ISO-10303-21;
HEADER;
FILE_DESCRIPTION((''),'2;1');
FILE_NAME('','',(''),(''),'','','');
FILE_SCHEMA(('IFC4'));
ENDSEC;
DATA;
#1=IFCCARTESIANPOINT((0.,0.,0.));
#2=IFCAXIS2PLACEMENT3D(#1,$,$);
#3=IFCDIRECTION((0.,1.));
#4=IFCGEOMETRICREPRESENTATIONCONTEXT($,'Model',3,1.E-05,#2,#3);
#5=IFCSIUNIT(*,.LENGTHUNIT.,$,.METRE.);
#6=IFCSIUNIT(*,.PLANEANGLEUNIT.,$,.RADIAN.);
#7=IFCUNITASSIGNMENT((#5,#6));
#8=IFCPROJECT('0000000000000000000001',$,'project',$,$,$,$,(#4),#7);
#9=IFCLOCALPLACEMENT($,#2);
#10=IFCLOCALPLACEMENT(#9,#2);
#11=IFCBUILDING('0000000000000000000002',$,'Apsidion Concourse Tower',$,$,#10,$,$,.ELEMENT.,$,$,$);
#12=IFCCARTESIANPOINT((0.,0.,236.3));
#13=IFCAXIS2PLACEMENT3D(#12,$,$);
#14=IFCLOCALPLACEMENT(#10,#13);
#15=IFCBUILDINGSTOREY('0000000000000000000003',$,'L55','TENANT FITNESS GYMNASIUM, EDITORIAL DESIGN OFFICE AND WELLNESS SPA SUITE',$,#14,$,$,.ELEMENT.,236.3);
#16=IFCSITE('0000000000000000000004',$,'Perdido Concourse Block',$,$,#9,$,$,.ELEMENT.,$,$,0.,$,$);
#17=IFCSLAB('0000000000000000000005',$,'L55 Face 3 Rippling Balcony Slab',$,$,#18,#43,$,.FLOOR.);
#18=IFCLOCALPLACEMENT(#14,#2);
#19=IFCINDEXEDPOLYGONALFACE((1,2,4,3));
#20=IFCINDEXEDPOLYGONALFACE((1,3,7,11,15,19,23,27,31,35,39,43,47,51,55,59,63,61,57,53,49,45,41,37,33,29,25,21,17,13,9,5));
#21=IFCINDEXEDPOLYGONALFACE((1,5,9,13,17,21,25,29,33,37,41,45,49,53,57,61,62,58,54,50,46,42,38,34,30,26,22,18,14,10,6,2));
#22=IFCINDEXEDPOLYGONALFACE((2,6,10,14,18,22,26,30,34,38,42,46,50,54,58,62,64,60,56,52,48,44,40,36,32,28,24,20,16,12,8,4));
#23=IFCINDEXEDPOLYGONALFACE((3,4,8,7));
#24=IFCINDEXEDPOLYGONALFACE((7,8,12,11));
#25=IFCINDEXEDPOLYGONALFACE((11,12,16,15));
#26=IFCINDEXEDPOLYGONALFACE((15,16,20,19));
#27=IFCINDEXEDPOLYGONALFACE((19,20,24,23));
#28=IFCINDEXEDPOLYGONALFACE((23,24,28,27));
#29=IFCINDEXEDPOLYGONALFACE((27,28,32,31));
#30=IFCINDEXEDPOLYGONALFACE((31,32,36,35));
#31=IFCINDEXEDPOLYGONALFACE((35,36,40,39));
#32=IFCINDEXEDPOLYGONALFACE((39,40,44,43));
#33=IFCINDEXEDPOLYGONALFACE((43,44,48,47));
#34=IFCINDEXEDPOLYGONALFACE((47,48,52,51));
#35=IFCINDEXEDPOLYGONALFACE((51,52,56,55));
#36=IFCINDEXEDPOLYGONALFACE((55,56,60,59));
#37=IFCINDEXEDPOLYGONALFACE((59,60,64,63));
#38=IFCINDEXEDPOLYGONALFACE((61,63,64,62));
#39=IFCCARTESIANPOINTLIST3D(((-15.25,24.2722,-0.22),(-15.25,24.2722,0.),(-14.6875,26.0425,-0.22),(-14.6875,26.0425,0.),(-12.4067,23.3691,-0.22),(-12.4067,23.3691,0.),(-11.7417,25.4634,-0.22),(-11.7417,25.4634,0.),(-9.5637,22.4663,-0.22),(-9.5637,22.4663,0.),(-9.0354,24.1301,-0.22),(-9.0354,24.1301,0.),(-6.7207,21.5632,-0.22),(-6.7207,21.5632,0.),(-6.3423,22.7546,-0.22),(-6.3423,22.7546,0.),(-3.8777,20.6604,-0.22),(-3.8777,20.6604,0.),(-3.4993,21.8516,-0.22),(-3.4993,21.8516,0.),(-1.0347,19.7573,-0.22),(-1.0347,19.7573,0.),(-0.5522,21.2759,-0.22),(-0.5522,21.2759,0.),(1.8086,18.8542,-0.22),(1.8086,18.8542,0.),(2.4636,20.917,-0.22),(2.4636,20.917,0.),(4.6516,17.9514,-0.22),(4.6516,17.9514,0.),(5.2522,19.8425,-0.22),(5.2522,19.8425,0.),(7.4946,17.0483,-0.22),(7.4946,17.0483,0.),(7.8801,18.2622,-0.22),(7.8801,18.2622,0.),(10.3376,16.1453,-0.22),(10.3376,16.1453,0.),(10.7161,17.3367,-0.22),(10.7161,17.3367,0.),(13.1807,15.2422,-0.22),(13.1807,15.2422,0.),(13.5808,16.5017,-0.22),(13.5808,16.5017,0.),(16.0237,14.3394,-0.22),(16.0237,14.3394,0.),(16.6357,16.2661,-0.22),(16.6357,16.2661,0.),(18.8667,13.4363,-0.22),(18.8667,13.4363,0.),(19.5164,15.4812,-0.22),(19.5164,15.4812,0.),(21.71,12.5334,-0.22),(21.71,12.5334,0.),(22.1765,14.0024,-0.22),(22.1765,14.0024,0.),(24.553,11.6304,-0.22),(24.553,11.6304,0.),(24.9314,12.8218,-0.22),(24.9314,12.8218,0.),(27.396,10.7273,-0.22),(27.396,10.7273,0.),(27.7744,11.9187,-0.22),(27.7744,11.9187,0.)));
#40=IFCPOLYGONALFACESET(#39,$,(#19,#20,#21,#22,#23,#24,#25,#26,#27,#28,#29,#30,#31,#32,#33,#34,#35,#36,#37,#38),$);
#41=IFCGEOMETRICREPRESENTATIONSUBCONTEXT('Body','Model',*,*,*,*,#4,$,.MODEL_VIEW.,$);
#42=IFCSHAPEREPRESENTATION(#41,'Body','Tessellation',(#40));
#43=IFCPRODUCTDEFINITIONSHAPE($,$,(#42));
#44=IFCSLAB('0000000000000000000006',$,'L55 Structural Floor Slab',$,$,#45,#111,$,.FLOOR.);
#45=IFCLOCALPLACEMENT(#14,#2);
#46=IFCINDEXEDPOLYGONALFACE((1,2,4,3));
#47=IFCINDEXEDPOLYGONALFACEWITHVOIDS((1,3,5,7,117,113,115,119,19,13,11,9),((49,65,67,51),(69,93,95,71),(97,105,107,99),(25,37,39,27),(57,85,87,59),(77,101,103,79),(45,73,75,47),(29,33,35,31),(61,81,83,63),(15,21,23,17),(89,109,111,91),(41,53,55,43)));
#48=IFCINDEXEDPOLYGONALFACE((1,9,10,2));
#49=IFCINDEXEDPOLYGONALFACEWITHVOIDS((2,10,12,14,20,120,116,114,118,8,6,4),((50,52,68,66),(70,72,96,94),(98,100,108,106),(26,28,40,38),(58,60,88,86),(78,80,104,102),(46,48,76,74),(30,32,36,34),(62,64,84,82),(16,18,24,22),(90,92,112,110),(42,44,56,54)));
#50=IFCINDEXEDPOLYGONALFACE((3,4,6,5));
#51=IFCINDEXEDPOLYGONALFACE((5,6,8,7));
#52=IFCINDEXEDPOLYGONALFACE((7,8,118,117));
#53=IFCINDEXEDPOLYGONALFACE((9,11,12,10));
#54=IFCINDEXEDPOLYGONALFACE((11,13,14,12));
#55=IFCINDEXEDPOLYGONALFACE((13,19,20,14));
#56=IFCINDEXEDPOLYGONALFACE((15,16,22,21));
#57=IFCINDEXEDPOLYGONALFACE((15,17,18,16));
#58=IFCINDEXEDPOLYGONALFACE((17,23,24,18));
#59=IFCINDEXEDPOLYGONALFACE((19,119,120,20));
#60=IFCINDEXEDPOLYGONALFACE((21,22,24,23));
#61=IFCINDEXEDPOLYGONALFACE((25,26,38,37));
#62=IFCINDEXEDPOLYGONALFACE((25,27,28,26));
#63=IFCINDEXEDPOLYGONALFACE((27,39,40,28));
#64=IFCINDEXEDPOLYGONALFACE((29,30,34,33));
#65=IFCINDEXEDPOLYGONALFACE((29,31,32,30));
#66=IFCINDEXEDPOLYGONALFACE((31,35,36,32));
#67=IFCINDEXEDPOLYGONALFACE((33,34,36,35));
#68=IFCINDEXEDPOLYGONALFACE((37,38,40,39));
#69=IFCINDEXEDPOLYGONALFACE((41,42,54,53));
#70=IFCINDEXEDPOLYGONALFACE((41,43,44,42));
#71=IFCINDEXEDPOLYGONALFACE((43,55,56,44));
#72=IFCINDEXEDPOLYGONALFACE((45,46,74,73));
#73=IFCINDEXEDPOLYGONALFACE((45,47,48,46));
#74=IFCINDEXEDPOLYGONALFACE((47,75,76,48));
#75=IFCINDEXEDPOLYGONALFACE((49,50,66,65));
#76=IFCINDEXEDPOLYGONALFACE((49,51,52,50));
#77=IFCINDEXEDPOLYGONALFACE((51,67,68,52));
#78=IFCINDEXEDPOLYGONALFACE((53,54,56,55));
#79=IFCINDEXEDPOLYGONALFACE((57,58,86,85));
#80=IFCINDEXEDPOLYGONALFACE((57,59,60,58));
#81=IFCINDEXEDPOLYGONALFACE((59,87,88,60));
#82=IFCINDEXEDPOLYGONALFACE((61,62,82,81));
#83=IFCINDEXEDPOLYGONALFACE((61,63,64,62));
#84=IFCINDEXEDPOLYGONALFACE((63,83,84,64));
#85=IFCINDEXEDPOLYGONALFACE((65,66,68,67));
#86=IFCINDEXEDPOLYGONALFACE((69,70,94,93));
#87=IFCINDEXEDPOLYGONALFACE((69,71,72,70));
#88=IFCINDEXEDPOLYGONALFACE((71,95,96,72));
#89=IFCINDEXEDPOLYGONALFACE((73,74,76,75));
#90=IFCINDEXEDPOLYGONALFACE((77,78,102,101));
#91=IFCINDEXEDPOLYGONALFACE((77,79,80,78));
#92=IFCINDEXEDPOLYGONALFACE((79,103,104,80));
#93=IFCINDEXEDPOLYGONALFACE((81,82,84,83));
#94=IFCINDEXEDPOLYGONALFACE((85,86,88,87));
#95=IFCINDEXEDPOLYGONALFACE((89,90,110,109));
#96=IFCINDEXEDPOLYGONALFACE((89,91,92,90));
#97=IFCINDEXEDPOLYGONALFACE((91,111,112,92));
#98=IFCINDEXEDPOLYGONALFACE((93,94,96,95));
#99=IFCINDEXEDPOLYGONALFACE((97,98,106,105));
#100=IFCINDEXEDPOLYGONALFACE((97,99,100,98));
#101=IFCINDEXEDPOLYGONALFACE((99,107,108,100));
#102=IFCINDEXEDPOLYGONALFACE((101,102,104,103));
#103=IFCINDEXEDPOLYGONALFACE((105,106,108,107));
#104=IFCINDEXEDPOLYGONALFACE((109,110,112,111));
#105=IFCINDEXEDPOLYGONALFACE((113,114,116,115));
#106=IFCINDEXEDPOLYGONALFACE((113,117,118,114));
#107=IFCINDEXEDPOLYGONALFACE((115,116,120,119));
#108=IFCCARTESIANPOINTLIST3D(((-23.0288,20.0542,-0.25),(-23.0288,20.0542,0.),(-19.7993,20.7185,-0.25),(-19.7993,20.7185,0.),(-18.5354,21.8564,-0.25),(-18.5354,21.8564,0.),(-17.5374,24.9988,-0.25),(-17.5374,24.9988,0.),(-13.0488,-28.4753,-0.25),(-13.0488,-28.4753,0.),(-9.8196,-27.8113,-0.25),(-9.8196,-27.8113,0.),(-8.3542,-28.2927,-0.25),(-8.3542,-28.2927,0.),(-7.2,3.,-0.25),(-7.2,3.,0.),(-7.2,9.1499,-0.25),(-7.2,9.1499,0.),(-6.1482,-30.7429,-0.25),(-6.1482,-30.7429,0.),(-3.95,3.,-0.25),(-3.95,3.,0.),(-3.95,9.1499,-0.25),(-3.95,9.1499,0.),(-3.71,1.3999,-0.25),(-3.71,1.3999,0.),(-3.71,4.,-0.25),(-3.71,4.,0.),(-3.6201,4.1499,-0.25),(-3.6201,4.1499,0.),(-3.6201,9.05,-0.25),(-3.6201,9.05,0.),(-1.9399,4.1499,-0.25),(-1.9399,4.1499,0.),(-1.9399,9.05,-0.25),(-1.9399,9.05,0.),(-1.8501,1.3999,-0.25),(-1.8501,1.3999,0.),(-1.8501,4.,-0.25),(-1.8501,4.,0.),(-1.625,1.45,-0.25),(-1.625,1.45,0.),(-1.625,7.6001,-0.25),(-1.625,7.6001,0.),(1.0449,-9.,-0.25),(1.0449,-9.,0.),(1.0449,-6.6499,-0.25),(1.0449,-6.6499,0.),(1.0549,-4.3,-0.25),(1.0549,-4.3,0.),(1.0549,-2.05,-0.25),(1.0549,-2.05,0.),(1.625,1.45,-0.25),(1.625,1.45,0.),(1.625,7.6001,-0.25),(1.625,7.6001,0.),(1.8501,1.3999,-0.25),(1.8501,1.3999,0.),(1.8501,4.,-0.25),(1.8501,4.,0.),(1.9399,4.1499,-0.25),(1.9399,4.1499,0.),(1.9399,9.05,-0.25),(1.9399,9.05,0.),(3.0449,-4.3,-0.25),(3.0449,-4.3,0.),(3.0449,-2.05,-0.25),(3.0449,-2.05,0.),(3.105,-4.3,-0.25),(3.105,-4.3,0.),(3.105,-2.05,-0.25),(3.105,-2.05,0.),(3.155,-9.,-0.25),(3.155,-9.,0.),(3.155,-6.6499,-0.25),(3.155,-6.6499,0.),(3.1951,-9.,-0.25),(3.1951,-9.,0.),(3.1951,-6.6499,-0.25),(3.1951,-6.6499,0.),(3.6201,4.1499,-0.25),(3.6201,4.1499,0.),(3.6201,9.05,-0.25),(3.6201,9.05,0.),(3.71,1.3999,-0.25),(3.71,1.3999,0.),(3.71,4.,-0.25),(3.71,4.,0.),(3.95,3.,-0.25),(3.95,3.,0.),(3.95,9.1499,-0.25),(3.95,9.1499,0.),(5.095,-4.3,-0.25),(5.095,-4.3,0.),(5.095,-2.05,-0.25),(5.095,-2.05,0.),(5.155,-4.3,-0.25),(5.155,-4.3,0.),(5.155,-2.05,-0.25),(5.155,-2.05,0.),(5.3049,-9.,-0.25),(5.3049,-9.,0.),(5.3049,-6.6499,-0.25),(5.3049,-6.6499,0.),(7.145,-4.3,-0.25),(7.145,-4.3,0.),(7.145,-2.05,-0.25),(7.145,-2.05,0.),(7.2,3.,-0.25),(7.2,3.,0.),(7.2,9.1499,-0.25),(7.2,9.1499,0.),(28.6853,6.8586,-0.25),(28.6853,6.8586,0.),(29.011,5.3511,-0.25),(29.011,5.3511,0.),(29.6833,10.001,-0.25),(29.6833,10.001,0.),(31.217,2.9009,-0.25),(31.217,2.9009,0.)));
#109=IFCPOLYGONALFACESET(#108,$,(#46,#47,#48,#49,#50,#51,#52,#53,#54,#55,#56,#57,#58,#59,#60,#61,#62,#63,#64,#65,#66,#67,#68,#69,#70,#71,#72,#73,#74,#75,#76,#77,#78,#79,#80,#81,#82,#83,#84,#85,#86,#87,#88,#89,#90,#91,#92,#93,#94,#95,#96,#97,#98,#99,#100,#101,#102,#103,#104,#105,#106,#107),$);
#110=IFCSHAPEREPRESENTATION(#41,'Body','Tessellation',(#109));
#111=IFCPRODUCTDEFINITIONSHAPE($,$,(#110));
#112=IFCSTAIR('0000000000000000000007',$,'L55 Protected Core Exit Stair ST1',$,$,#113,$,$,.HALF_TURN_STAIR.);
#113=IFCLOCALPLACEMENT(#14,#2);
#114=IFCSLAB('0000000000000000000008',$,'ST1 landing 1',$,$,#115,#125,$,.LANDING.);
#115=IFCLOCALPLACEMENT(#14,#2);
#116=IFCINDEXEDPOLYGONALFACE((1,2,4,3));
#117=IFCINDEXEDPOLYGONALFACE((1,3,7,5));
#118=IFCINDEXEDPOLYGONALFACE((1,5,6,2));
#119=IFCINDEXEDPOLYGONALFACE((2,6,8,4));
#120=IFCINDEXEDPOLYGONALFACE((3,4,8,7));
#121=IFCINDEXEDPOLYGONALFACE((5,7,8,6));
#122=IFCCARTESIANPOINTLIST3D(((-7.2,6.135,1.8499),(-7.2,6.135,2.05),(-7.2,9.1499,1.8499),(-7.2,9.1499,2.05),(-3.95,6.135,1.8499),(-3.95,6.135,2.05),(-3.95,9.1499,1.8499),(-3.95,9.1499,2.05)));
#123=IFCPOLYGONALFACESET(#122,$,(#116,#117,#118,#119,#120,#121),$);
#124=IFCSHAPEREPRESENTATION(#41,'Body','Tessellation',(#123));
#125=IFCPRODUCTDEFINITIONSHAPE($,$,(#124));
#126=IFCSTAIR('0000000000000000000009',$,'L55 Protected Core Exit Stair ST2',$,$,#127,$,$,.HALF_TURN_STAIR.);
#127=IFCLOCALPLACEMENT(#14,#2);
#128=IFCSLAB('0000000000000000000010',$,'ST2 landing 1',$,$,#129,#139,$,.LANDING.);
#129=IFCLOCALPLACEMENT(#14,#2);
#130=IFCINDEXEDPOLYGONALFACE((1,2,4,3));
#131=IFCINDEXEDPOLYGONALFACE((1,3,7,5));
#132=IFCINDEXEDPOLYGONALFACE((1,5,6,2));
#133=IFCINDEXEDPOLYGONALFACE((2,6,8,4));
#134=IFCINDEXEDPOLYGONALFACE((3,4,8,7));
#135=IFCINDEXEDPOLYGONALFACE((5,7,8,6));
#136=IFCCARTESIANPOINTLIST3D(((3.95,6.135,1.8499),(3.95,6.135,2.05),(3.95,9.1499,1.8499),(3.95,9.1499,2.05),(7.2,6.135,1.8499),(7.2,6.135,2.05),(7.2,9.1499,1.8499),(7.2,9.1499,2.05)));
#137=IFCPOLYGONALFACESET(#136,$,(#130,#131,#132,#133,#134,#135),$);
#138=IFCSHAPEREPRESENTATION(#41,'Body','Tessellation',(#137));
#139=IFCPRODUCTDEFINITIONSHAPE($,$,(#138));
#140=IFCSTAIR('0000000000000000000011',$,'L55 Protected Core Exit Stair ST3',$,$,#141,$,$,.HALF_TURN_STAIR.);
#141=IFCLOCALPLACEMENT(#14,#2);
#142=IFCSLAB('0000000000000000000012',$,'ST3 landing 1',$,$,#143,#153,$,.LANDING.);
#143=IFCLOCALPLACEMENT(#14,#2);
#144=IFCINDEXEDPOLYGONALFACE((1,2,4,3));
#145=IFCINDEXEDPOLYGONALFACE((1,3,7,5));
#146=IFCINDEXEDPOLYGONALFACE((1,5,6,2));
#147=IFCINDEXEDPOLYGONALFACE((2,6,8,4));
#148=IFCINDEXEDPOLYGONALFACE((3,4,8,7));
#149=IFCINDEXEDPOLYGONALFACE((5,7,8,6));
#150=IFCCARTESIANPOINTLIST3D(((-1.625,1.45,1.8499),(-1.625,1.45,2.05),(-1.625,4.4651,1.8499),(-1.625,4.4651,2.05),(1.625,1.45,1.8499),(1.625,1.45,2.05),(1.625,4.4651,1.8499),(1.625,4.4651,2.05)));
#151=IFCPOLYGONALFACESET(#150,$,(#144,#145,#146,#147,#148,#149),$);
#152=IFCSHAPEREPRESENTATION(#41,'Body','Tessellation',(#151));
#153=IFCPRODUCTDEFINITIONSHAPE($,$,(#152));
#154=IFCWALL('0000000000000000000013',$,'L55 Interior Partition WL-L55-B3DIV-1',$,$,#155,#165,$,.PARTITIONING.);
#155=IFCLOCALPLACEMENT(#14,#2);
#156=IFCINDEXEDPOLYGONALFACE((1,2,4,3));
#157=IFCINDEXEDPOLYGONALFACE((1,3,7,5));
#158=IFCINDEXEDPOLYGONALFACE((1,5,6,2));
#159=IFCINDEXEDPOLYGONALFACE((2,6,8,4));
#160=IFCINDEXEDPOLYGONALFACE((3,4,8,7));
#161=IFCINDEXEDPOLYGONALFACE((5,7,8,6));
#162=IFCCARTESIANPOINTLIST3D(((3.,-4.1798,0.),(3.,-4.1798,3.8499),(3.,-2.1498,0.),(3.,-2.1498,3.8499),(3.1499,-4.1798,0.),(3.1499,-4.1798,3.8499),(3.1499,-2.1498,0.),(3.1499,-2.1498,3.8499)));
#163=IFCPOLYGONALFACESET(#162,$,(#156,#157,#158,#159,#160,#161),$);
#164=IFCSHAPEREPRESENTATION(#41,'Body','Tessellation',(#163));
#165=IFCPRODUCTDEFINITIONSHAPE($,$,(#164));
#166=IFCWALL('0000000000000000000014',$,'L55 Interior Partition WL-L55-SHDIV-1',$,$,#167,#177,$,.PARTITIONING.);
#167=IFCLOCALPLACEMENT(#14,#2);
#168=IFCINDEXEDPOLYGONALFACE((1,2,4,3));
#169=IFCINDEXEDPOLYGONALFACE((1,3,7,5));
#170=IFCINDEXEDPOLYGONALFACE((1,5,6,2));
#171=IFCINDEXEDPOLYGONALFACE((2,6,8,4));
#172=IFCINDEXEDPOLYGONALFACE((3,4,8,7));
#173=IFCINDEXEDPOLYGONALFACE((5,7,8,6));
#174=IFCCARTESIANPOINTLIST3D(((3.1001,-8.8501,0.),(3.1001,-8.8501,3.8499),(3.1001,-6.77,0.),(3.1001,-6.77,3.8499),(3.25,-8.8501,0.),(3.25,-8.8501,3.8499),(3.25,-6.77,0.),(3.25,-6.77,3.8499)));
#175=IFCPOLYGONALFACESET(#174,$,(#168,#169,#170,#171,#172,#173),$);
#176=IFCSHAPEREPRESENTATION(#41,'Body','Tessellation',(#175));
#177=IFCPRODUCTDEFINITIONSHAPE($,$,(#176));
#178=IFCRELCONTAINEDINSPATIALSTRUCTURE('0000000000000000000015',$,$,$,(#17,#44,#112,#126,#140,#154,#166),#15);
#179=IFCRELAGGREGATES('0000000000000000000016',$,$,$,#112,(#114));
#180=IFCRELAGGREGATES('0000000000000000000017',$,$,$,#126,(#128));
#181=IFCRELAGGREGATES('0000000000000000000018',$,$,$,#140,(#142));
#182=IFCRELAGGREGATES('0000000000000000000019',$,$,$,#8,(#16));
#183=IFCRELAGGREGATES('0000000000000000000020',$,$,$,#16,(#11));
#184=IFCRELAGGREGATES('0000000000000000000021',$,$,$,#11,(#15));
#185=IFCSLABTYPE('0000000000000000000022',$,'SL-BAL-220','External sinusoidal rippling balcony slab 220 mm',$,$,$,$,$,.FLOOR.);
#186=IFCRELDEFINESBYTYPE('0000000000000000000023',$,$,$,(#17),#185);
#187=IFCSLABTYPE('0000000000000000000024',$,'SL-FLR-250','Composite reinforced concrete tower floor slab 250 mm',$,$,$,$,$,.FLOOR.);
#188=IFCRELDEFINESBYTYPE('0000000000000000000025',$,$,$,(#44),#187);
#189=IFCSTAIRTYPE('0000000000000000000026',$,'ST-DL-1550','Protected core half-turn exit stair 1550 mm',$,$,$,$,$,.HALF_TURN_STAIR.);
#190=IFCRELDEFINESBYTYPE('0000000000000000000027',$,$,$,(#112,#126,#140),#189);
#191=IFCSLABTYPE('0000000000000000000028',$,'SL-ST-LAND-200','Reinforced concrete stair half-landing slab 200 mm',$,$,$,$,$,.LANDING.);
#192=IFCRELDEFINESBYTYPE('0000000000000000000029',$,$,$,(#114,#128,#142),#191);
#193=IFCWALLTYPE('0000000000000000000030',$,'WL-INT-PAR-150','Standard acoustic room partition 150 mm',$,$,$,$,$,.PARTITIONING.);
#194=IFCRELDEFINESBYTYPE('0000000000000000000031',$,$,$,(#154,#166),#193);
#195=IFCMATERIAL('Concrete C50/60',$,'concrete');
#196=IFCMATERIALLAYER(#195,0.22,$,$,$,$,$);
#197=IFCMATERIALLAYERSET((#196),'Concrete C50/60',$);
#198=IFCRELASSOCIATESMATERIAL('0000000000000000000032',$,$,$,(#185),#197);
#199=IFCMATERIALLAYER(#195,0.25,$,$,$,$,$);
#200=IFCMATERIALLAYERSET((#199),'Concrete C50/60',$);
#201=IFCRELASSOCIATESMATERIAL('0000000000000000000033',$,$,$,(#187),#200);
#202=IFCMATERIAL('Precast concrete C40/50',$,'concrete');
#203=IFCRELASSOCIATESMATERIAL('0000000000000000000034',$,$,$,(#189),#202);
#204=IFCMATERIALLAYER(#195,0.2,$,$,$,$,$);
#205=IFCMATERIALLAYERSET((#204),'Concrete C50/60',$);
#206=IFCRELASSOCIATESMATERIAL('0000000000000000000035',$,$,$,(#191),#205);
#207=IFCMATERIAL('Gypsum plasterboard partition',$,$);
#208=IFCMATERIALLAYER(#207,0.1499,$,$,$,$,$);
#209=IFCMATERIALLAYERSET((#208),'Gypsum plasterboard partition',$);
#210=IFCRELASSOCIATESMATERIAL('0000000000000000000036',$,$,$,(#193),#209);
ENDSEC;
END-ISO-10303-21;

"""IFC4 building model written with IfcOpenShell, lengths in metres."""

from ifc_helpers import new_model, si_unit, direction, frame, frame_2d, origin, place, context, subcontext, project, spatial, polyline, rectangle, outline, extrude, material, layer, layer_set, type_object, element, aggregate, save


model = new_model("IFC4")

# Units and contexts
model_context = context("Model", 3, precision=1e-05, world=origin(), true_north=direction((0.0, 1.0)))
body_context = subcontext(model_context, "Body", "Model", "MODEL_VIEW")
ifc_project = project(units=[si_unit("LENGTHUNIT", "METRE"), si_unit("PLANEANGLEUNIT", "RADIAN")], contexts=[model_context])

# Site, building, storey
site_placement = place(None, origin())
site = spatial("IfcSite", under=ifc_project, at=site_placement, Name="Perdido Concourse Block", CompositionType="ELEMENT", RefElevation=0.0)
building_placement = place(site_placement, origin())
building = spatial("IfcBuilding", under=site, at=building_placement, Name="Apsidion Concourse Tower", CompositionType="ELEMENT")
storey_placement = place(building_placement, frame((0.0, 0.0, 236.3)))
storey = spatial("IfcBuildingStorey", under=building, at=storey_placement, Name="L55", Description="TENANT FITNESS GYMNASIUM, EDITORIAL DESIGN OFFICE AND WELLNESS SPA SUITE", CompositionType="ELEMENT", Elevation=236.3)

# Shared definitions
ifc_material_1 = material(Name="Concrete C50/60", Category="concrete")

# Slabs
ifc_layer_1 = layer(ifc_material_1, 0.22)
ifc_layer_set_1 = layer_set([ifc_layer_1], Name="Concrete C50/60")
slab_type_1 = type_object("IfcSlabType", Name="SL-BAL-220", Description="External sinusoidal rippling balcony slab 220 mm", PredefinedType="FLOOR", material=ifc_layer_set_1)
slab_1_placement = place(storey_placement, frame((0.0, 0.0, -0.22)))
element("IfcSlab", 1, at=slab_1_placement, inside=storey, type_object=slab_type_1, Name="L55 Face 3 Rippling Balcony Slab", PredefinedType="FLOOR", context=body_context, shape_type="SweptSolid", body=[
    extrude(outline(polyline([(27.396, 10.7273), (24.553, 11.6304), (21.71, 12.5334), (18.8667, 13.4363), (16.0237, 14.3394), (13.1807, 15.2422), (10.3376, 16.1453), (7.4946, 17.0483), (4.6516, 17.9514), (1.8086, 18.8542), (-1.0347, 19.7573), (-3.8777, 20.6604), (-6.7207, 21.5632), (-9.5637, 22.4663), (-12.4067, 23.3691), (-15.25, 24.2722), (-14.6875, 26.0425), (-11.7417, 25.4634), (-9.0354, 24.1301), (-6.3423, 22.7546), (-3.4993, 21.8516), (-0.5522, 21.2759), (2.4636, 20.917), (5.2522, 19.8425), (7.8801, 18.2622), (10.7161, 17.3367), (13.5808, 16.5017), (16.6357, 16.2661), (19.5164, 15.4812), (22.1765, 14.0024), (24.9314, 12.8218), (27.7744, 11.9187), (27.396, 10.7273)])), origin(), (0.0, 0.0, 1.0), 0.22),
])
ifc_layer_2 = layer(ifc_material_1, 0.25)
ifc_layer_set_2 = layer_set([ifc_layer_2], Name="Concrete C50/60")
slab_type_2 = type_object("IfcSlabType", Name="SL-FLR-250", Description="Composite reinforced concrete tower floor slab 250 mm", PredefinedType="FLOOR", material=ifc_layer_set_2)
slab_2_placement = place(storey_placement, frame((0.0, 0.0, -0.25)))
element("IfcSlab", 2, at=slab_2_placement, inside=storey, type_object=slab_type_2, Name="L55 Structural Floor Slab", PredefinedType="FLOOR", context=body_context, shape_type="SweptSolid", body=[
    extrude(outline(polyline([(-17.5374, 24.9988), (-18.5354, 21.8564), (-19.7993, 20.7185), (-23.0288, 20.0542), (-13.0488, -28.4753), (-9.8196, -27.8113), (-8.3542, -28.2927), (-6.1482, -30.7429), (31.217, 2.9009), (29.011, 5.3511), (28.6853, 6.8586), (29.6833, 10.001), (-17.5374, 24.9988)]), holes=[polyline([(-3.95, 3.0), (-3.95, 9.1499), (-7.2, 9.1499), (-7.2, 3.0), (-3.95, 3.0)]), polyline([(7.2, 3.0), (7.2, 9.1499), (3.95, 9.1499), (3.95, 3.0), (7.2, 3.0)]), polyline([(-1.625, 7.6001), (-1.625, 1.45), (1.625, 1.45), (1.625, 7.6001), (-1.625, 7.6001)]), polyline([(1.0549, -4.3), (3.0449, -4.3), (3.0449, -2.05), (1.0549, -2.05), (1.0549, -4.3)]), polyline([(3.105, -4.3), (5.095, -4.3), (5.095, -2.05), (3.105, -2.05), (3.105, -4.3)]), polyline([(5.155, -4.3), (7.145, -4.3), (7.145, -2.05), (5.155, -2.05), (5.155, -4.3)]), polyline([(1.0449, -9.0), (3.155, -9.0), (3.155, -6.6499), (1.0449, -6.6499), (1.0449, -9.0)]), polyline([(3.1951, -9.0), (5.3049, -9.0), (5.3049, -6.6499), (3.1951, -6.6499), (3.1951, -9.0)]), polyline([(-3.71, 1.3999), (-1.8501, 1.3999), (-1.8501, 4.0), (-3.71, 4.0), (-3.71, 1.3999)]), polyline([(1.8501, 1.3999), (3.71, 1.3999), (3.71, 4.0), (1.8501, 4.0), (1.8501, 1.3999)]), polyline([(-3.6201, 4.1499), (-1.9399, 4.1499), (-1.9399, 9.05), (-3.6201, 9.05), (-3.6201, 4.1499)]), polyline([(1.9399, 4.1499), (3.6201, 4.1499), (3.6201, 9.05), (1.9399, 9.05), (1.9399, 4.1499)])]), origin(), (0.0, 0.0, 1.0), 0.25),
])

# Stairs, slabs
ifc_material_2 = material(Name="Precast concrete C40/50", Category="concrete")
stair_type = type_object("IfcStairType", Name="ST-DL-1550", Description="Protected core half-turn exit stair 1550 mm", PredefinedType="HALF_TURN_STAIR", material=ifc_material_2)
stair_1_placement = place(storey_placement, origin())
stair_1 = element("IfcStair", 3, at=stair_1_placement, inside=storey, type_object=stair_type, Name="L55 Protected Core Exit Stair ST1", PredefinedType="HALF_TURN_STAIR")
ifc_layer_3 = layer(ifc_material_1, 0.2)
ifc_layer_set_3 = layer_set([ifc_layer_3], Name="Concrete C50/60")
slab_type_3 = type_object("IfcSlabType", Name="SL-ST-LAND-200", Description="Reinforced concrete stair half-landing slab 200 mm", PredefinedType="LANDING", material=ifc_layer_set_3)
slab_3_placement = place(storey_placement, frame((0.0, 0.0, 1.8499)))
slab_3 = element("IfcSlab", 4, at=slab_3_placement, type_object=slab_type_3, Name="ST1 landing 1", PredefinedType="LANDING", context=body_context, shape_type="SweptSolid", body=[
    extrude(outline(polyline([(-3.95, 6.135), (-3.95, 9.1499), (-7.2, 9.1499), (-7.2, 6.135), (-3.95, 6.135)])), origin(), (0.0, 0.0, 1.0), 0.2002),
])
aggregate(stair_1, [slab_3])
stair_2_placement = place(storey_placement, origin())
stair_2 = element("IfcStair", 5, at=stair_2_placement, inside=storey, type_object=stair_type, Name="L55 Protected Core Exit Stair ST2", PredefinedType="HALF_TURN_STAIR")
slab_4_placement = place(storey_placement, frame((0.0, 0.0, 1.8499)))
slab_4 = element("IfcSlab", 6, at=slab_4_placement, type_object=slab_type_3, Name="ST2 landing 1", PredefinedType="LANDING", context=body_context, shape_type="SweptSolid", body=[
    extrude(outline(polyline([(7.2, 6.135), (7.2, 9.1499), (3.95, 9.1499), (3.95, 6.135), (7.2, 6.135)])), origin(), (0.0, 0.0, 1.0), 0.2002),
])
aggregate(stair_2, [slab_4])
stair_3_placement = place(storey_placement, origin())
stair_3 = element("IfcStair", 7, at=stair_3_placement, inside=storey, type_object=stair_type, Name="L55 Protected Core Exit Stair ST3", PredefinedType="HALF_TURN_STAIR")
slab_5_placement = place(storey_placement, frame((0.0, 0.0, 1.8499)))
slab_5 = element("IfcSlab", 8, at=slab_5_placement, type_object=slab_type_3, Name="ST3 landing 1", PredefinedType="LANDING", context=body_context, shape_type="SweptSolid", body=[
    extrude(outline(polyline([(-1.625, 4.4651), (-1.625, 1.45), (1.625, 1.45), (1.625, 4.4651), (-1.625, 4.4651)])), origin(), (0.0, 0.0, 1.0), 0.2002),
])
aggregate(stair_3, [slab_5])

# Walls
ifc_material_3 = material(Name="Gypsum plasterboard partition")
ifc_layer_4 = layer(ifc_material_3, 0.1499)
ifc_layer_set_4 = layer_set([ifc_layer_4], Name="Gypsum plasterboard partition")
wall_type_1 = type_object("IfcWallType", Name="WL-INT-PAR-150", Description="Standard acoustic room partition 150 mm", PredefinedType="PARTITIONING", material=ifc_layer_set_4)
wall_1_placement = place(storey_placement, frame((3.075, -4.1799, 0.0), z_axis=(0.0, 0.0, 1.0), x_axis=(0.0, 1.0, 0.0)))
element("IfcWall", 9, at=wall_1_placement, inside=storey, type_object=wall_type_1, Name="L55 Interior Partition WL-L55-B3DIV-1", PredefinedType="PARTITIONING", context=body_context, shape_type="SweptSolid", body=[
    extrude(rectangle(XDim=2.03, YDim=0.1499, at=frame_2d((1.0151, 0.0))), origin(), (0.0, 0.0, 1.0), 3.8499),
])
wall_2_placement = place(storey_placement, frame((3.175, -8.8501, 0.0), z_axis=(0.0, 0.0, 1.0), x_axis=(0.0, 1.0, 0.0)))
element("IfcWall", 10, at=wall_2_placement, inside=storey, type_object=wall_type_1, Name="L55 Interior Partition WL-L55-SHDIV-1", PredefinedType="PARTITIONING", context=body_context, shape_type="SweptSolid", body=[
    extrude(rectangle(XDim=2.0801, YDim=0.1499, at=frame_2d((1.04, 0.0))), origin(), (0.0, 0.0, 1.0), 3.8499),
])

save(model, "model.ifc")
